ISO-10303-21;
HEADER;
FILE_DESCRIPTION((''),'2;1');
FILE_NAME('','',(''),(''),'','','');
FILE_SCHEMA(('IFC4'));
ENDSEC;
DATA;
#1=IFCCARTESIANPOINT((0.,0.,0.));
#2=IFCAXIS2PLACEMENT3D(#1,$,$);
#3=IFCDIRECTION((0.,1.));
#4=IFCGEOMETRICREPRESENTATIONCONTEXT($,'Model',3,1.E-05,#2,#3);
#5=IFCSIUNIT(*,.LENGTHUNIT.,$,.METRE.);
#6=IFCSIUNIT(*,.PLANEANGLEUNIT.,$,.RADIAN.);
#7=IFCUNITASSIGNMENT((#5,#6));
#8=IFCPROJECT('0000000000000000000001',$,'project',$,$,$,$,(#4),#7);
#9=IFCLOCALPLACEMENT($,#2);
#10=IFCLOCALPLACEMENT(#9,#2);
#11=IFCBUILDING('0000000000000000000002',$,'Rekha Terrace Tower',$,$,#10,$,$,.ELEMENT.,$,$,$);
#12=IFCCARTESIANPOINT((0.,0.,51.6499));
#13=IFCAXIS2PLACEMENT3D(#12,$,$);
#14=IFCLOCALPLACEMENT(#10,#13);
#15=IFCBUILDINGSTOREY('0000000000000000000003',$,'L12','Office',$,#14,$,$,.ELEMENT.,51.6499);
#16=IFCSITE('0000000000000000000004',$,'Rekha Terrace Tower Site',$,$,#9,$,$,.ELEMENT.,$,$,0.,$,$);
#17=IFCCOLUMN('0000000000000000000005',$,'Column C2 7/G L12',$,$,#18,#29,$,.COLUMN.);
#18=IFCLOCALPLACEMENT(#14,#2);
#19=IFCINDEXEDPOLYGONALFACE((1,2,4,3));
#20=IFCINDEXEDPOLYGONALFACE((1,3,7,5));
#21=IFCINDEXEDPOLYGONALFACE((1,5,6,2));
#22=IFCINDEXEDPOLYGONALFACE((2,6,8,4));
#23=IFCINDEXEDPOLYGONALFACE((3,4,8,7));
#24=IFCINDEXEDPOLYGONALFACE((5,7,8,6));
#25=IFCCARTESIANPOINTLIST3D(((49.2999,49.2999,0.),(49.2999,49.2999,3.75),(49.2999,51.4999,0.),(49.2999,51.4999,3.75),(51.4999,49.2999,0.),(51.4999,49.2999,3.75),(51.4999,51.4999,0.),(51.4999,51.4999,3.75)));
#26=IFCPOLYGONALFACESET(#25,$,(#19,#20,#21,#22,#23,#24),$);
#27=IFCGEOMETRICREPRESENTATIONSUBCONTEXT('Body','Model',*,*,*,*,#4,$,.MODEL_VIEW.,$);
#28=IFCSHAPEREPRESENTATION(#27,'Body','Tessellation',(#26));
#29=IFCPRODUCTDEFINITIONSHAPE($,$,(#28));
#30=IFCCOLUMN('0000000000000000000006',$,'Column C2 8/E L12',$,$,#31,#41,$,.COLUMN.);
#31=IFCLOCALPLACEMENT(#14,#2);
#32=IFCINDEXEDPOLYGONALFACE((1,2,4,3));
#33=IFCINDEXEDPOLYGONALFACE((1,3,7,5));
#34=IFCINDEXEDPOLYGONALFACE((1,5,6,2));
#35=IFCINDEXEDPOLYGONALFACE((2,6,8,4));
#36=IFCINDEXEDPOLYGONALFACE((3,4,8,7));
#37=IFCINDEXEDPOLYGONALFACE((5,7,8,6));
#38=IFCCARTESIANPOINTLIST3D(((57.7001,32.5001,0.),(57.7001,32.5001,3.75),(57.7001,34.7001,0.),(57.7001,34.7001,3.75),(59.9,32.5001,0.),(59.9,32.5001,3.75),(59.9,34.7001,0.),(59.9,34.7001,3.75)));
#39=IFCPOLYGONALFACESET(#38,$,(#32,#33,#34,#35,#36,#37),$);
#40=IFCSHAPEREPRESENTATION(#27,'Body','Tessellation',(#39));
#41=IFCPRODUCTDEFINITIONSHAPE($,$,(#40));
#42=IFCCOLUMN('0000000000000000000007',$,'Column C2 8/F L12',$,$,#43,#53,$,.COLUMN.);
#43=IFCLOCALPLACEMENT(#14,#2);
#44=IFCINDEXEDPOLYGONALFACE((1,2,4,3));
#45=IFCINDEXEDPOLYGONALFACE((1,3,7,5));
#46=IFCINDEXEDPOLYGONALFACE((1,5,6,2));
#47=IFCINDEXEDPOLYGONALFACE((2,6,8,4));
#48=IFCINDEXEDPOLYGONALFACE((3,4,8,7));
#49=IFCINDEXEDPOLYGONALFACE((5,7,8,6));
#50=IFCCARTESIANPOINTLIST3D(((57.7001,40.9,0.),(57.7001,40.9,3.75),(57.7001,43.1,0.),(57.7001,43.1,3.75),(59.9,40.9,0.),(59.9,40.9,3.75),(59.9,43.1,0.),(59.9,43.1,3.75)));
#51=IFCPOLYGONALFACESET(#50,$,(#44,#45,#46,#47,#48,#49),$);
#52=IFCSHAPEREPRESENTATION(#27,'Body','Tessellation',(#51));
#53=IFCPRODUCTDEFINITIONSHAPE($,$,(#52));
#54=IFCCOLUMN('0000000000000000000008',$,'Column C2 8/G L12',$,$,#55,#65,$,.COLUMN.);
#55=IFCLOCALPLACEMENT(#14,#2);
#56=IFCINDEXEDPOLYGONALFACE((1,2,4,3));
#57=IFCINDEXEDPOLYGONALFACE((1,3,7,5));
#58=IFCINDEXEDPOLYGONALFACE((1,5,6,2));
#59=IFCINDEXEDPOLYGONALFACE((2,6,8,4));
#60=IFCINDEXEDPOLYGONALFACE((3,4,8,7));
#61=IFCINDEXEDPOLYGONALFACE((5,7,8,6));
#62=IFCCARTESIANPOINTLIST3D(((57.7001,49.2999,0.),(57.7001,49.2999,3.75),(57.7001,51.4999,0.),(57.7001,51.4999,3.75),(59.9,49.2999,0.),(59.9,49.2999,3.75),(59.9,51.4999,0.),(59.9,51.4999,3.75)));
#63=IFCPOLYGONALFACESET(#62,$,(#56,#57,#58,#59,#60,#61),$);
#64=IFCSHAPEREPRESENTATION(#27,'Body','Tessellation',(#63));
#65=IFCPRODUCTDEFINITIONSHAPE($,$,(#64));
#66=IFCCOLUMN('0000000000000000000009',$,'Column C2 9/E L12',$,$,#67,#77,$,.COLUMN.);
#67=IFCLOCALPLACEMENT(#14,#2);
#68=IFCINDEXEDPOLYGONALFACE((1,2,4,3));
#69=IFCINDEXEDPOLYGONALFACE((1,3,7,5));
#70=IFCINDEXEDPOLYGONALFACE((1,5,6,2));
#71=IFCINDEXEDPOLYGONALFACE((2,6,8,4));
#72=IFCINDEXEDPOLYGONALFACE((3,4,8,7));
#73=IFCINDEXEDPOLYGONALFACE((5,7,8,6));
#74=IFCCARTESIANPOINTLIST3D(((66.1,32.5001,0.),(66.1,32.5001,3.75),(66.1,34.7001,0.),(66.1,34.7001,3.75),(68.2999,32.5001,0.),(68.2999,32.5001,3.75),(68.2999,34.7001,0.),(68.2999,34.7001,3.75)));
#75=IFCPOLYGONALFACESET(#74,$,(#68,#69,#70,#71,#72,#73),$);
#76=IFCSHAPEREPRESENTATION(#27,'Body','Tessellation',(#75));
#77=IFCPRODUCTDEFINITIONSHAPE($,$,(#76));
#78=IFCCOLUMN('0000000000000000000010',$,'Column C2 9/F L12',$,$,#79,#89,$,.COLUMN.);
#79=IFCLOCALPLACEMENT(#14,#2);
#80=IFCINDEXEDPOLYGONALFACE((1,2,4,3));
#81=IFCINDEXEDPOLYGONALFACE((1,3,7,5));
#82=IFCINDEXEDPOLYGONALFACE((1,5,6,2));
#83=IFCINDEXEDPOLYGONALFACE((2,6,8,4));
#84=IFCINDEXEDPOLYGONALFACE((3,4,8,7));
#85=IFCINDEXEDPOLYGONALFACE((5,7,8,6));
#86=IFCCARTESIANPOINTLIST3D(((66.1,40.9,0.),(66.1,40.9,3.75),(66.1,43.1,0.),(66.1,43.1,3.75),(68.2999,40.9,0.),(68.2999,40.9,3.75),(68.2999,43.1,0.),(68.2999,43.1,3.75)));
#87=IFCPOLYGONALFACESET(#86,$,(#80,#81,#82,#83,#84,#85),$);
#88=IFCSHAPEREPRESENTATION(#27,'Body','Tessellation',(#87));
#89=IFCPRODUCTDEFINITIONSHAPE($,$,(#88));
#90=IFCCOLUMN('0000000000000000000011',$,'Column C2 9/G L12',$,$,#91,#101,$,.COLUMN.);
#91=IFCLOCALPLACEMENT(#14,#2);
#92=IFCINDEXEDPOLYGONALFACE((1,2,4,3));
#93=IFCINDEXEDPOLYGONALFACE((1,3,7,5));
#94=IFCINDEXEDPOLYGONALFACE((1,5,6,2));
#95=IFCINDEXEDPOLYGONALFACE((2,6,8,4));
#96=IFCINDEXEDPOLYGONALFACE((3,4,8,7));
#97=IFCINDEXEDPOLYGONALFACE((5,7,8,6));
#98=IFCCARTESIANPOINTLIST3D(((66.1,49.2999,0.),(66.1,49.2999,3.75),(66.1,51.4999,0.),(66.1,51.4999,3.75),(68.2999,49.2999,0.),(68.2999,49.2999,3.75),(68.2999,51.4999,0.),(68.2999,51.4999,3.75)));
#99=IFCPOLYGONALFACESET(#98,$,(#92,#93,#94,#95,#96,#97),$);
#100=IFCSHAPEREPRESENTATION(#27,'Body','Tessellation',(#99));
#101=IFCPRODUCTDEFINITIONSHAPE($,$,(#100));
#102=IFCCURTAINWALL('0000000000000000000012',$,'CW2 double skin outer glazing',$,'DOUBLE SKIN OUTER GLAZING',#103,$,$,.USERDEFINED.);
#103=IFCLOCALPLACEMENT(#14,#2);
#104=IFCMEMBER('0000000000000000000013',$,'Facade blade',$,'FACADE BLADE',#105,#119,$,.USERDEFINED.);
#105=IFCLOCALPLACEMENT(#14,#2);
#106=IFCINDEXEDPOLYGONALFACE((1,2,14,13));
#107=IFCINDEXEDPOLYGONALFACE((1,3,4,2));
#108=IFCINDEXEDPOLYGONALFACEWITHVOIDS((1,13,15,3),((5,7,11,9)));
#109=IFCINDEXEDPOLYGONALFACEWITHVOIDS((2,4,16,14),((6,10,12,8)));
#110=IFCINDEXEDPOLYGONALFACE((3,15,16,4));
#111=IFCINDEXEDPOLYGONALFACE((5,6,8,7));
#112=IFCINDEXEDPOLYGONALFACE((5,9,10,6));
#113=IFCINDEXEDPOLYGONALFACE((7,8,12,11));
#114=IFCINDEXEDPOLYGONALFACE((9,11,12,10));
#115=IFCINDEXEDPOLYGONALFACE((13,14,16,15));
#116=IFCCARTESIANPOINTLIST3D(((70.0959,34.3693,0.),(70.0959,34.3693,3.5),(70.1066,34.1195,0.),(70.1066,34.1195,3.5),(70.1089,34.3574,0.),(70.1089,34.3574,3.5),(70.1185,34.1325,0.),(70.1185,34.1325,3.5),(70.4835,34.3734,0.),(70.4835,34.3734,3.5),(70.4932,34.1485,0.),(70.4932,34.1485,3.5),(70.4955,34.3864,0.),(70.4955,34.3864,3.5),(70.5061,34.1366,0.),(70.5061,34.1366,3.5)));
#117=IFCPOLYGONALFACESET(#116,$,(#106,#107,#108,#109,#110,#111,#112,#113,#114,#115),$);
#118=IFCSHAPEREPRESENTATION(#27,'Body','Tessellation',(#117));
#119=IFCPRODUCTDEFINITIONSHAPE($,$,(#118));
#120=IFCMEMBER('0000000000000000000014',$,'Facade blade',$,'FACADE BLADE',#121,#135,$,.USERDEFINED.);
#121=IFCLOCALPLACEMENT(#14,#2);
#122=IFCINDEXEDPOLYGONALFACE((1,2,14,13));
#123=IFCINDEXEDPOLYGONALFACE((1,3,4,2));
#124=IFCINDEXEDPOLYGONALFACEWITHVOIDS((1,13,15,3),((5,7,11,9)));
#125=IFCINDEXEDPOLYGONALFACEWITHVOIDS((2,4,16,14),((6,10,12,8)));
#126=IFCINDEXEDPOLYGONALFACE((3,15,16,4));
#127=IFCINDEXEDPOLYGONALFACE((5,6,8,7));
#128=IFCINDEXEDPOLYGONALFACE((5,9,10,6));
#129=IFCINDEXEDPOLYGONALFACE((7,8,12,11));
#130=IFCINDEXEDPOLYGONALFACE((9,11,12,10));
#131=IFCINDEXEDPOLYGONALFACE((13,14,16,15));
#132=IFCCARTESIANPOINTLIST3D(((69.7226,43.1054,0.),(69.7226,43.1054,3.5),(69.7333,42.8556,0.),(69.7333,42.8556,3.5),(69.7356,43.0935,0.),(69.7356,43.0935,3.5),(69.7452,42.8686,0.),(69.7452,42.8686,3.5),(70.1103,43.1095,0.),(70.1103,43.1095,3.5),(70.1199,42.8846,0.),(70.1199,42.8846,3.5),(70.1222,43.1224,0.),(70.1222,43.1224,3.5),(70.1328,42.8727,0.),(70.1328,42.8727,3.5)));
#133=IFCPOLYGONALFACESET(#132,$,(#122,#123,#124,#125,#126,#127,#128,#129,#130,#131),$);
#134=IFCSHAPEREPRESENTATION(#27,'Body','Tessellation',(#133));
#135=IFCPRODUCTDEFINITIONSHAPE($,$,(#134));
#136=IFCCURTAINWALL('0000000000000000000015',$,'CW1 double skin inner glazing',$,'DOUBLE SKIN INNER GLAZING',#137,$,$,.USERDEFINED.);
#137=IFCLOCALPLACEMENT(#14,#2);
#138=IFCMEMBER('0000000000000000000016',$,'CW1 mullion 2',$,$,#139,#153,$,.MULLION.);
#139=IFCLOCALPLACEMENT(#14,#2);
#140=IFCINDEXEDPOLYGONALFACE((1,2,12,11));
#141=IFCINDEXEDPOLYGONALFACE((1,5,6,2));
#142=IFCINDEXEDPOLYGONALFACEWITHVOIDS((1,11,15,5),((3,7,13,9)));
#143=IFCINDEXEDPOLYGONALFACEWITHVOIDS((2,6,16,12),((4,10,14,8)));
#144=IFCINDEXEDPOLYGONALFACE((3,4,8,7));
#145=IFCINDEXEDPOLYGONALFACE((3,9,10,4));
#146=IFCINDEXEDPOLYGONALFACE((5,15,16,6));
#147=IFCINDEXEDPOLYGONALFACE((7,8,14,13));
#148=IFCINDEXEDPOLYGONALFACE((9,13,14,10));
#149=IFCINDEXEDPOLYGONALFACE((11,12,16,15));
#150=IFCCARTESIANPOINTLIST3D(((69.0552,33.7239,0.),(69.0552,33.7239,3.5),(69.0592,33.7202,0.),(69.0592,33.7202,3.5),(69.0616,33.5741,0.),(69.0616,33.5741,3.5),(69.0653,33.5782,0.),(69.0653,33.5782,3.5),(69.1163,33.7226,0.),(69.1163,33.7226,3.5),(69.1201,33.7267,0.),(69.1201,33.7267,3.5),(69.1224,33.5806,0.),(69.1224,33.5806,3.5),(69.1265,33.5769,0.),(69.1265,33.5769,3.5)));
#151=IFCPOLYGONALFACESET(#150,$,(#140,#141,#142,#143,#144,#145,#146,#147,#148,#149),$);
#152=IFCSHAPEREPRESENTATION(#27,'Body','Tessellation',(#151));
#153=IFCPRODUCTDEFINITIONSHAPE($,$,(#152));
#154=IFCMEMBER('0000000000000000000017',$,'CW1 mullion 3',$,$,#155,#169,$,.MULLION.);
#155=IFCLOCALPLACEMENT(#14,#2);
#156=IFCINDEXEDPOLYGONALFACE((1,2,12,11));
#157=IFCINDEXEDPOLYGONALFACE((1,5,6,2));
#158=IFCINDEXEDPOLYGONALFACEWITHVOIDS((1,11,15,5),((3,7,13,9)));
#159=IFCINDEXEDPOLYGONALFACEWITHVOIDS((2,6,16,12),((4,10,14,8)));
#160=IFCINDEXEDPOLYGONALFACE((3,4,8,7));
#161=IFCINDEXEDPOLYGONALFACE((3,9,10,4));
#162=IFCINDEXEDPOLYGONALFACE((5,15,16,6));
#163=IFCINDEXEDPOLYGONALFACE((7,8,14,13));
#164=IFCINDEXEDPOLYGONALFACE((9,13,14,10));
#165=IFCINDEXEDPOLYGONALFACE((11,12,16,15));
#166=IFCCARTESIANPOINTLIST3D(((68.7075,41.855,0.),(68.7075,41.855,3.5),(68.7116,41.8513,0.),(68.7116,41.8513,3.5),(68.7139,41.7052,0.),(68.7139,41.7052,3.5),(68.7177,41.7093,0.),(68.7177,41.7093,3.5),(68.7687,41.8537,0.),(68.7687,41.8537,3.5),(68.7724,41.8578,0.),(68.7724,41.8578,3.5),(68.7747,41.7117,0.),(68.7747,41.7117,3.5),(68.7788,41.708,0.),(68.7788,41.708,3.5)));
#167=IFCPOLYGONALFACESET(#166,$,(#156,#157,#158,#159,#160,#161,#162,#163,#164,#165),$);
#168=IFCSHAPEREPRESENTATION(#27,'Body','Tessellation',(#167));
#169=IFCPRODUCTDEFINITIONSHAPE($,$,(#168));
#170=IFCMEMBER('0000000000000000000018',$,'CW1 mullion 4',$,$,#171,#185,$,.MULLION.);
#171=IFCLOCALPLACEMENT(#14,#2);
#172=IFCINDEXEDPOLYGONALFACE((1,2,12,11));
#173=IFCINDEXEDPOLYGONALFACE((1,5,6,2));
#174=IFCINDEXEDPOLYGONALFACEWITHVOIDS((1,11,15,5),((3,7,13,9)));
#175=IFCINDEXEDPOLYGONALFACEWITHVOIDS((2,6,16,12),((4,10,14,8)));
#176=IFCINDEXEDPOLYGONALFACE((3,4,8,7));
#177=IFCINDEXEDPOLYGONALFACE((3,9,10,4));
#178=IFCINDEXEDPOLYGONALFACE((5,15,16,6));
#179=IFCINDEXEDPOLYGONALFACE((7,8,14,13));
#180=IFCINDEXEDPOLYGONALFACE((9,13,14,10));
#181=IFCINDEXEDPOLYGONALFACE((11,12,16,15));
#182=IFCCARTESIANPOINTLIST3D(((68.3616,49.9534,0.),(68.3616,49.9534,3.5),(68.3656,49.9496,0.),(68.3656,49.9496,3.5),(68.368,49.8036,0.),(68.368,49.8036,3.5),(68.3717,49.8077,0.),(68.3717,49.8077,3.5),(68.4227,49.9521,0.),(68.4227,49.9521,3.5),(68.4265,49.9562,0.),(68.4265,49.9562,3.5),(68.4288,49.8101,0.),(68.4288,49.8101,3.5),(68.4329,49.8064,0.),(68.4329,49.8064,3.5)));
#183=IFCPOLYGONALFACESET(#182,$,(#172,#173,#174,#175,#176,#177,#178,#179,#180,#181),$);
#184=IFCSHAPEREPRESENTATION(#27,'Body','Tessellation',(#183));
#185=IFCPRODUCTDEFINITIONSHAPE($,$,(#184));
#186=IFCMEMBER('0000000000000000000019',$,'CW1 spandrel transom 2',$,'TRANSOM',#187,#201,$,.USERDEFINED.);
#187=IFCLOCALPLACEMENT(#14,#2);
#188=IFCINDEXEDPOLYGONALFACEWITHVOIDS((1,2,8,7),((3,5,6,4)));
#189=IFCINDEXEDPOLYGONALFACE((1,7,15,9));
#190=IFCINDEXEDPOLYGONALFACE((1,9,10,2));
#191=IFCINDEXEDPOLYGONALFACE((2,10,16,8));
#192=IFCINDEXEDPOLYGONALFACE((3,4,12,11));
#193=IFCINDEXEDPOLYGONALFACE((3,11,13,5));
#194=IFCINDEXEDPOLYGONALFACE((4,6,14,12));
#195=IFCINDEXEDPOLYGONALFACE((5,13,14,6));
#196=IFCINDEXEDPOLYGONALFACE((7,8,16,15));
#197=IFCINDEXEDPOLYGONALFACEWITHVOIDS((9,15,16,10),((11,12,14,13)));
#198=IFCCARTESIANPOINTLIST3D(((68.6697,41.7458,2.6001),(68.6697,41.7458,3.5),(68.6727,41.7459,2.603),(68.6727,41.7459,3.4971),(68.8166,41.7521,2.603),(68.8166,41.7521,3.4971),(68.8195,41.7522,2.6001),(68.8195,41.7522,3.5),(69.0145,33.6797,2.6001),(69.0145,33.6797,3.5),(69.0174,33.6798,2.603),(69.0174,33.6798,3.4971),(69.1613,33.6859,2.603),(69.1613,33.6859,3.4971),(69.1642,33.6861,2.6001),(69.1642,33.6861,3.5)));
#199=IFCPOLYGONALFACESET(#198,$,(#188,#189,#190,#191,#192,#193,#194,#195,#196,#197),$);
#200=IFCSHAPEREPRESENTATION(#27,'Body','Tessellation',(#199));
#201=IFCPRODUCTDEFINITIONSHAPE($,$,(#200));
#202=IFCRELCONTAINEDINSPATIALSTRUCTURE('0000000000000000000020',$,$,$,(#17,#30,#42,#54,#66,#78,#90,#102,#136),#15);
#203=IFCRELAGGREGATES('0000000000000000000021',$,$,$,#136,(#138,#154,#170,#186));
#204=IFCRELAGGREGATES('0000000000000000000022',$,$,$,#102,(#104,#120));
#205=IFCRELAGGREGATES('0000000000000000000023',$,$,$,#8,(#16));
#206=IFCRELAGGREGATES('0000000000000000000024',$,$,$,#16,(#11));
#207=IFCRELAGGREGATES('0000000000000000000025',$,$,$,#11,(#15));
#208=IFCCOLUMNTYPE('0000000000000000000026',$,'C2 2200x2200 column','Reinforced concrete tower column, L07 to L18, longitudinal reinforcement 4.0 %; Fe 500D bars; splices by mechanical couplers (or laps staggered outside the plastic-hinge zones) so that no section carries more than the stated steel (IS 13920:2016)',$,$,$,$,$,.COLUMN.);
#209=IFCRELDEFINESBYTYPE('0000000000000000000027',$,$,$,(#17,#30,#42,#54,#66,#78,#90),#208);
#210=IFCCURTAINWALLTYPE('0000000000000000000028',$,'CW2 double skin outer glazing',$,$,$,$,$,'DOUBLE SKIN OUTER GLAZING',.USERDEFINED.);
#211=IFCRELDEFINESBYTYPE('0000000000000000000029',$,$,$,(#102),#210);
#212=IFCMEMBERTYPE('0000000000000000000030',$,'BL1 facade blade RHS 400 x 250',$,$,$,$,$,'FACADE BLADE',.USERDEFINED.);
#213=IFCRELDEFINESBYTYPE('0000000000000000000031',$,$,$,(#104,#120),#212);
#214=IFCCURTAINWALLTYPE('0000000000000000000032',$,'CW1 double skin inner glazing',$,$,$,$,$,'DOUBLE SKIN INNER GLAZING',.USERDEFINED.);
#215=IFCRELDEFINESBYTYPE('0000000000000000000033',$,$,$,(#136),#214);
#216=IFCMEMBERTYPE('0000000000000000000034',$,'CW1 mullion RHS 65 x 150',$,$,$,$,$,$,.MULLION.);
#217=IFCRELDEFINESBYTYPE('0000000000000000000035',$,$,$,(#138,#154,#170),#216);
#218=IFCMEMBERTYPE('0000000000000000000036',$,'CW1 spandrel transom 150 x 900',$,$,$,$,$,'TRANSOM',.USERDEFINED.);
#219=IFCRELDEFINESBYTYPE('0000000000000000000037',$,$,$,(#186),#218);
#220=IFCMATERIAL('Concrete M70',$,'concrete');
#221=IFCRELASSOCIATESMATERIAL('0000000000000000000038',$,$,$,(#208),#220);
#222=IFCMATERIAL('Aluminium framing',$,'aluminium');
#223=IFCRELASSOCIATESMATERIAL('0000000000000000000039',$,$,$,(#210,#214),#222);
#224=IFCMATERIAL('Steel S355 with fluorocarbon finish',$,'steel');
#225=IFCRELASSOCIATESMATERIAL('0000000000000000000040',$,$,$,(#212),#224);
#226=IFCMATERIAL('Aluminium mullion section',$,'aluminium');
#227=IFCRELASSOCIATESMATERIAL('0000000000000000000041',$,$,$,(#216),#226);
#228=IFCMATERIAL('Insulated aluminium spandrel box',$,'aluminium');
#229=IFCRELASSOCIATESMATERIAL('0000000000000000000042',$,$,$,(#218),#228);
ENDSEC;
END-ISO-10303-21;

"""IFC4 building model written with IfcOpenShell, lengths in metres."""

from ifc_helpers import new_model, si_unit, direction, frame, origin, origin_2d, place, context, subcontext, project, spatial, rectangle, hollow_rectangle, extrude, material, material_profile, profile_set, type_object, element, aggregate, save


model = new_model("IFC4")

# Units and contexts
model_context = context("Model", 3, precision=1e-05, world=origin(), true_north=direction((0.0, 1.0)))
body_context = subcontext(model_context, "Body", "Model", "MODEL_VIEW")
ifc_project = project(units=[si_unit("LENGTHUNIT", "METRE"), si_unit("PLANEANGLEUNIT", "RADIAN")], contexts=[model_context])

# Site, building, storey
site_placement = place(None, origin())
site = spatial("IfcSite", under=ifc_project, at=site_placement, Name="Rekha Terrace Tower Site", CompositionType="ELEMENT", RefElevation=0.0)
building_placement = place(site_placement, origin())
building = spatial("IfcBuilding", under=site, at=building_placement, Name="Rekha Terrace Tower", CompositionType="ELEMENT")
storey_placement = place(building_placement, frame((0.0, 0.0, 51.6499)))
storey = spatial("IfcBuildingStorey", under=building, at=storey_placement, Name="L12", Description="Office", CompositionType="ELEMENT", Elevation=51.6499)

# Columns
ifc_material_1 = material(Name="Concrete M70", Category="concrete")
ifc_material_profile_1 = material_profile(ifc_material_1, rectangle(XDim=2.2, YDim=2.2, at=origin_2d()), Name="RC 2200x2200")
ifc_profile_set_1 = profile_set([ifc_material_profile_1], Name="Concrete M70")
column_type = type_object("IfcColumnType", Name="C2 2200x2200 column", Description="Reinforced concrete tower column, L07 to L18, longitudinal reinforcement 4.0 %; Fe 500D bars; splices by mechanical couplers (or laps staggered outside the plastic-hinge zones) so that no section carries more than the stated steel (IS 13920:2016)", PredefinedType="COLUMN", material=ifc_profile_set_1)
for number, where, z_axis, x_axis, name in (
    (1, (50.3999, 50.3999, 0.0), (0.0, 0.0, 1.0), (1.0, 0.0, 0.0), "Column C2 7/G L12"),
    (2, (58.8, 33.6001, 0.0), (0.0, 0.0, 1.0), (1.0, 0.0, 0.0), "Column C2 8/E L12"),
    (3, (58.8, 42.0, 0.0), (0.0, 0.0, 1.0), (1.0, 0.0, 0.0), "Column C2 8/F L12"),
    (4, (58.8, 50.3999, 0.0), (0.0, 0.0, 1.0), (1.0, 0.0, 0.0), "Column C2 8/G L12"),
    (5, (67.2, 33.6001, 0.0), (0.0, 0.0, 1.0), (1.0, 0.0, 0.0), "Column C2 9/E L12"),
    (6, (67.2, 42.0, 0.0), (0.0, 0.0, 1.0), (1.0, 0.0, 0.0), "Column C2 9/F L12"),
    (7, (67.2, 50.3999, 0.0), (0.0, 0.0, 1.0), (1.0, 0.0, 0.0), "Column C2 9/G L12"),
):
    element("IfcColumn", number, at=place(storey_placement, frame(where, z_axis=z_axis, x_axis=x_axis)), inside=storey, type_object=column_type, Name=name, PredefinedType="COLUMN", context=body_context, shape_type="SweptSolid", body=[
        extrude(rectangle(XDim=2.2, YDim=2.2, at=origin_2d()), origin(), (0.0, 0.0, 1.0), 3.75),
    ])

# Curtain walls, members
ifc_material_2 = material(Name="Aluminium framing", Category="aluminium")
curtain_wall_type_1 = type_object("IfcCurtainWallType", Name="CW2 double skin outer glazing", ElementType="DOUBLE SKIN OUTER GLAZING", PredefinedType="USERDEFINED", material=ifc_material_2)
curtain_wall_1_placement = place(storey_placement, origin())
curtain_wall_1 = element("IfcCurtainWall", 8, at=curtain_wall_1_placement, inside=storey, type_object=curtain_wall_type_1, Name="CW2 double skin outer glazing", ObjectType="DOUBLE SKIN OUTER GLAZING", PredefinedType="USERDEFINED")
ifc_material_3 = material(Name="Steel S355 with fluorocarbon finish", Category="steel")
ifc_material_profile_2 = material_profile(ifc_material_3, hollow_rectangle(XDim=0.25, YDim=0.3999, WallThickness=0.0125, at=origin_2d()), Name="RHS400x250x12.5")
ifc_profile_set_2 = profile_set([ifc_material_profile_2], Name="Steel S355 with fluorocarbon finish")
member_type_1 = type_object("IfcMemberType", Name="BL1 facade blade RHS 400 x 250", ElementType="FACADE BLADE", PredefinedType="USERDEFINED", material=ifc_profile_set_2)
member_1_placement = place(storey_placement, frame((70.301, 34.2529, 0.0), z_axis=(0.0, 0.0, 1.0), x_axis=(-0.042695, 0.999088, 0.0)))
member_1 = element("IfcMember", 9, at=member_1_placement, type_object=member_type_1, Name="Facade blade", ObjectType="FACADE BLADE", PredefinedType="USERDEFINED", context=body_context, shape_type="SweptSolid", body=[
    extrude(hollow_rectangle(XDim=0.25, YDim=0.3999, WallThickness=0.0125, at=origin_2d()), origin(), (0.0, 0.0, 1.0), 3.5),
])
member_2_placement = place(storey_placement, frame((69.9277, 42.989, 0.0), z_axis=(0.0, 0.0, 1.0), x_axis=(-0.042695, 0.999088, 0.0)))
member_2 = element("IfcMember", 10, at=member_2_placement, type_object=member_type_1, Name="Facade blade", ObjectType="FACADE BLADE", PredefinedType="USERDEFINED", context=body_context, shape_type="SweptSolid", body=[
    extrude(hollow_rectangle(XDim=0.25, YDim=0.3999, WallThickness=0.0125, at=origin_2d()), origin(), (0.0, 0.0, 1.0), 3.5),
])
curtain_wall_type_2 = type_object("IfcCurtainWallType", Name="CW1 double skin inner glazing", ElementType="DOUBLE SKIN INNER GLAZING", PredefinedType="USERDEFINED", material=ifc_material_2)
curtain_wall_2_placement = place(storey_placement, origin())
curtain_wall_2 = element("IfcCurtainWall", 11, at=curtain_wall_2_placement, inside=storey, type_object=curtain_wall_type_2, Name="CW1 double skin inner glazing", ObjectType="DOUBLE SKIN INNER GLAZING", PredefinedType="USERDEFINED")
ifc_material_4 = material(Name="Aluminium mullion section", Category="aluminium")
ifc_material_profile_3 = material_profile(ifc_material_4, hollow_rectangle(XDim=0.0649, YDim=0.1499, WallThickness=0.0039, at=origin_2d()), Name="AL RHS 65x150")
ifc_profile_set_3 = profile_set([ifc_material_profile_3], Name="Aluminium mullion section")
member_type_2 = type_object("IfcMemberType", Name="CW1 mullion RHS 65 x 150", PredefinedType="MULLION", material=ifc_profile_set_3)
member_3_placement = place(storey_placement, frame((69.0908, 33.6504, 0.0), z_axis=(0.0, 0.0, 1.0), x_axis=(-0.999088, -0.042696, 0.0)))
member_3 = element("IfcMember", 12, at=member_3_placement, type_object=member_type_2, Name="CW1 mullion 2", PredefinedType="MULLION", context=body_context, shape_type="SweptSolid", body=[
    extrude(hollow_rectangle(XDim=0.0649, YDim=0.1499, WallThickness=0.0039, at=origin_2d()), origin(), (0.0, 0.0, 1.0), 3.5),
])
member_4_placement = place(storey_placement, frame((68.7432, 41.7815, 0.0), z_axis=(0.0, 0.0, 1.0), x_axis=(-0.999088, -0.042696, 0.0)))
member_4 = element("IfcMember", 13, at=member_4_placement, type_object=member_type_2, Name="CW1 mullion 3", PredefinedType="MULLION", context=body_context, shape_type="SweptSolid", body=[
    extrude(hollow_rectangle(XDim=0.0649, YDim=0.1499, WallThickness=0.0039, at=origin_2d()), origin(), (0.0, 0.0, 1.0), 3.5),
])
member_5_placement = place(storey_placement, frame((68.3972, 49.8799, 0.0), z_axis=(0.0, 0.0, 1.0), x_axis=(-0.999088, -0.042696, 0.0)))
member_5 = element("IfcMember", 14, at=member_5_placement, type_object=member_type_2, Name="CW1 mullion 4", PredefinedType="MULLION", context=body_context, shape_type="SweptSolid", body=[
    extrude(hollow_rectangle(XDim=0.0649, YDim=0.1499, WallThickness=0.0039, at=origin_2d()), origin(), (0.0, 0.0, 1.0), 3.5),
])
ifc_material_5 = material(Name="Insulated aluminium spandrel box", Category="aluminium")
ifc_material_profile_4 = material_profile(ifc_material_5, hollow_rectangle(XDim=0.1499, YDim=0.8999, WallThickness=0.0029, at=origin_2d()), Name="AL SPANDREL BOX 150x900")
ifc_profile_set_4 = profile_set([ifc_material_profile_4], Name="Insulated aluminium spandrel box")
member_type_3 = type_object("IfcMemberType", Name="CW1 spandrel transom 150 x 900", ElementType="TRANSOM", PredefinedType="USERDEFINED", material=ifc_profile_set_4)
member_6_placement = place(storey_placement, frame((69.0894, 33.6829, 3.05), z_axis=(-0.042698, 0.999088, 0.0), x_axis=(-0.999088, -0.042698, 0.0)))
member_6 = element("IfcMember", 15, at=member_6_placement, type_object=member_type_3, Name="CW1 spandrel transom 2", ObjectType="TRANSOM", PredefinedType="USERDEFINED", context=body_context, shape_type="SweptSolid", body=[
    extrude(hollow_rectangle(XDim=0.1499, YDim=0.8999, WallThickness=0.0029, at=origin_2d()), origin(), (0.0, 0.0, 1.0), 8.0735),
])

aggregate(curtain_wall_2, [member_3, member_4, member_5, member_6])
aggregate(curtain_wall_1, [member_1, member_2])

save(model, "model.ifc")
